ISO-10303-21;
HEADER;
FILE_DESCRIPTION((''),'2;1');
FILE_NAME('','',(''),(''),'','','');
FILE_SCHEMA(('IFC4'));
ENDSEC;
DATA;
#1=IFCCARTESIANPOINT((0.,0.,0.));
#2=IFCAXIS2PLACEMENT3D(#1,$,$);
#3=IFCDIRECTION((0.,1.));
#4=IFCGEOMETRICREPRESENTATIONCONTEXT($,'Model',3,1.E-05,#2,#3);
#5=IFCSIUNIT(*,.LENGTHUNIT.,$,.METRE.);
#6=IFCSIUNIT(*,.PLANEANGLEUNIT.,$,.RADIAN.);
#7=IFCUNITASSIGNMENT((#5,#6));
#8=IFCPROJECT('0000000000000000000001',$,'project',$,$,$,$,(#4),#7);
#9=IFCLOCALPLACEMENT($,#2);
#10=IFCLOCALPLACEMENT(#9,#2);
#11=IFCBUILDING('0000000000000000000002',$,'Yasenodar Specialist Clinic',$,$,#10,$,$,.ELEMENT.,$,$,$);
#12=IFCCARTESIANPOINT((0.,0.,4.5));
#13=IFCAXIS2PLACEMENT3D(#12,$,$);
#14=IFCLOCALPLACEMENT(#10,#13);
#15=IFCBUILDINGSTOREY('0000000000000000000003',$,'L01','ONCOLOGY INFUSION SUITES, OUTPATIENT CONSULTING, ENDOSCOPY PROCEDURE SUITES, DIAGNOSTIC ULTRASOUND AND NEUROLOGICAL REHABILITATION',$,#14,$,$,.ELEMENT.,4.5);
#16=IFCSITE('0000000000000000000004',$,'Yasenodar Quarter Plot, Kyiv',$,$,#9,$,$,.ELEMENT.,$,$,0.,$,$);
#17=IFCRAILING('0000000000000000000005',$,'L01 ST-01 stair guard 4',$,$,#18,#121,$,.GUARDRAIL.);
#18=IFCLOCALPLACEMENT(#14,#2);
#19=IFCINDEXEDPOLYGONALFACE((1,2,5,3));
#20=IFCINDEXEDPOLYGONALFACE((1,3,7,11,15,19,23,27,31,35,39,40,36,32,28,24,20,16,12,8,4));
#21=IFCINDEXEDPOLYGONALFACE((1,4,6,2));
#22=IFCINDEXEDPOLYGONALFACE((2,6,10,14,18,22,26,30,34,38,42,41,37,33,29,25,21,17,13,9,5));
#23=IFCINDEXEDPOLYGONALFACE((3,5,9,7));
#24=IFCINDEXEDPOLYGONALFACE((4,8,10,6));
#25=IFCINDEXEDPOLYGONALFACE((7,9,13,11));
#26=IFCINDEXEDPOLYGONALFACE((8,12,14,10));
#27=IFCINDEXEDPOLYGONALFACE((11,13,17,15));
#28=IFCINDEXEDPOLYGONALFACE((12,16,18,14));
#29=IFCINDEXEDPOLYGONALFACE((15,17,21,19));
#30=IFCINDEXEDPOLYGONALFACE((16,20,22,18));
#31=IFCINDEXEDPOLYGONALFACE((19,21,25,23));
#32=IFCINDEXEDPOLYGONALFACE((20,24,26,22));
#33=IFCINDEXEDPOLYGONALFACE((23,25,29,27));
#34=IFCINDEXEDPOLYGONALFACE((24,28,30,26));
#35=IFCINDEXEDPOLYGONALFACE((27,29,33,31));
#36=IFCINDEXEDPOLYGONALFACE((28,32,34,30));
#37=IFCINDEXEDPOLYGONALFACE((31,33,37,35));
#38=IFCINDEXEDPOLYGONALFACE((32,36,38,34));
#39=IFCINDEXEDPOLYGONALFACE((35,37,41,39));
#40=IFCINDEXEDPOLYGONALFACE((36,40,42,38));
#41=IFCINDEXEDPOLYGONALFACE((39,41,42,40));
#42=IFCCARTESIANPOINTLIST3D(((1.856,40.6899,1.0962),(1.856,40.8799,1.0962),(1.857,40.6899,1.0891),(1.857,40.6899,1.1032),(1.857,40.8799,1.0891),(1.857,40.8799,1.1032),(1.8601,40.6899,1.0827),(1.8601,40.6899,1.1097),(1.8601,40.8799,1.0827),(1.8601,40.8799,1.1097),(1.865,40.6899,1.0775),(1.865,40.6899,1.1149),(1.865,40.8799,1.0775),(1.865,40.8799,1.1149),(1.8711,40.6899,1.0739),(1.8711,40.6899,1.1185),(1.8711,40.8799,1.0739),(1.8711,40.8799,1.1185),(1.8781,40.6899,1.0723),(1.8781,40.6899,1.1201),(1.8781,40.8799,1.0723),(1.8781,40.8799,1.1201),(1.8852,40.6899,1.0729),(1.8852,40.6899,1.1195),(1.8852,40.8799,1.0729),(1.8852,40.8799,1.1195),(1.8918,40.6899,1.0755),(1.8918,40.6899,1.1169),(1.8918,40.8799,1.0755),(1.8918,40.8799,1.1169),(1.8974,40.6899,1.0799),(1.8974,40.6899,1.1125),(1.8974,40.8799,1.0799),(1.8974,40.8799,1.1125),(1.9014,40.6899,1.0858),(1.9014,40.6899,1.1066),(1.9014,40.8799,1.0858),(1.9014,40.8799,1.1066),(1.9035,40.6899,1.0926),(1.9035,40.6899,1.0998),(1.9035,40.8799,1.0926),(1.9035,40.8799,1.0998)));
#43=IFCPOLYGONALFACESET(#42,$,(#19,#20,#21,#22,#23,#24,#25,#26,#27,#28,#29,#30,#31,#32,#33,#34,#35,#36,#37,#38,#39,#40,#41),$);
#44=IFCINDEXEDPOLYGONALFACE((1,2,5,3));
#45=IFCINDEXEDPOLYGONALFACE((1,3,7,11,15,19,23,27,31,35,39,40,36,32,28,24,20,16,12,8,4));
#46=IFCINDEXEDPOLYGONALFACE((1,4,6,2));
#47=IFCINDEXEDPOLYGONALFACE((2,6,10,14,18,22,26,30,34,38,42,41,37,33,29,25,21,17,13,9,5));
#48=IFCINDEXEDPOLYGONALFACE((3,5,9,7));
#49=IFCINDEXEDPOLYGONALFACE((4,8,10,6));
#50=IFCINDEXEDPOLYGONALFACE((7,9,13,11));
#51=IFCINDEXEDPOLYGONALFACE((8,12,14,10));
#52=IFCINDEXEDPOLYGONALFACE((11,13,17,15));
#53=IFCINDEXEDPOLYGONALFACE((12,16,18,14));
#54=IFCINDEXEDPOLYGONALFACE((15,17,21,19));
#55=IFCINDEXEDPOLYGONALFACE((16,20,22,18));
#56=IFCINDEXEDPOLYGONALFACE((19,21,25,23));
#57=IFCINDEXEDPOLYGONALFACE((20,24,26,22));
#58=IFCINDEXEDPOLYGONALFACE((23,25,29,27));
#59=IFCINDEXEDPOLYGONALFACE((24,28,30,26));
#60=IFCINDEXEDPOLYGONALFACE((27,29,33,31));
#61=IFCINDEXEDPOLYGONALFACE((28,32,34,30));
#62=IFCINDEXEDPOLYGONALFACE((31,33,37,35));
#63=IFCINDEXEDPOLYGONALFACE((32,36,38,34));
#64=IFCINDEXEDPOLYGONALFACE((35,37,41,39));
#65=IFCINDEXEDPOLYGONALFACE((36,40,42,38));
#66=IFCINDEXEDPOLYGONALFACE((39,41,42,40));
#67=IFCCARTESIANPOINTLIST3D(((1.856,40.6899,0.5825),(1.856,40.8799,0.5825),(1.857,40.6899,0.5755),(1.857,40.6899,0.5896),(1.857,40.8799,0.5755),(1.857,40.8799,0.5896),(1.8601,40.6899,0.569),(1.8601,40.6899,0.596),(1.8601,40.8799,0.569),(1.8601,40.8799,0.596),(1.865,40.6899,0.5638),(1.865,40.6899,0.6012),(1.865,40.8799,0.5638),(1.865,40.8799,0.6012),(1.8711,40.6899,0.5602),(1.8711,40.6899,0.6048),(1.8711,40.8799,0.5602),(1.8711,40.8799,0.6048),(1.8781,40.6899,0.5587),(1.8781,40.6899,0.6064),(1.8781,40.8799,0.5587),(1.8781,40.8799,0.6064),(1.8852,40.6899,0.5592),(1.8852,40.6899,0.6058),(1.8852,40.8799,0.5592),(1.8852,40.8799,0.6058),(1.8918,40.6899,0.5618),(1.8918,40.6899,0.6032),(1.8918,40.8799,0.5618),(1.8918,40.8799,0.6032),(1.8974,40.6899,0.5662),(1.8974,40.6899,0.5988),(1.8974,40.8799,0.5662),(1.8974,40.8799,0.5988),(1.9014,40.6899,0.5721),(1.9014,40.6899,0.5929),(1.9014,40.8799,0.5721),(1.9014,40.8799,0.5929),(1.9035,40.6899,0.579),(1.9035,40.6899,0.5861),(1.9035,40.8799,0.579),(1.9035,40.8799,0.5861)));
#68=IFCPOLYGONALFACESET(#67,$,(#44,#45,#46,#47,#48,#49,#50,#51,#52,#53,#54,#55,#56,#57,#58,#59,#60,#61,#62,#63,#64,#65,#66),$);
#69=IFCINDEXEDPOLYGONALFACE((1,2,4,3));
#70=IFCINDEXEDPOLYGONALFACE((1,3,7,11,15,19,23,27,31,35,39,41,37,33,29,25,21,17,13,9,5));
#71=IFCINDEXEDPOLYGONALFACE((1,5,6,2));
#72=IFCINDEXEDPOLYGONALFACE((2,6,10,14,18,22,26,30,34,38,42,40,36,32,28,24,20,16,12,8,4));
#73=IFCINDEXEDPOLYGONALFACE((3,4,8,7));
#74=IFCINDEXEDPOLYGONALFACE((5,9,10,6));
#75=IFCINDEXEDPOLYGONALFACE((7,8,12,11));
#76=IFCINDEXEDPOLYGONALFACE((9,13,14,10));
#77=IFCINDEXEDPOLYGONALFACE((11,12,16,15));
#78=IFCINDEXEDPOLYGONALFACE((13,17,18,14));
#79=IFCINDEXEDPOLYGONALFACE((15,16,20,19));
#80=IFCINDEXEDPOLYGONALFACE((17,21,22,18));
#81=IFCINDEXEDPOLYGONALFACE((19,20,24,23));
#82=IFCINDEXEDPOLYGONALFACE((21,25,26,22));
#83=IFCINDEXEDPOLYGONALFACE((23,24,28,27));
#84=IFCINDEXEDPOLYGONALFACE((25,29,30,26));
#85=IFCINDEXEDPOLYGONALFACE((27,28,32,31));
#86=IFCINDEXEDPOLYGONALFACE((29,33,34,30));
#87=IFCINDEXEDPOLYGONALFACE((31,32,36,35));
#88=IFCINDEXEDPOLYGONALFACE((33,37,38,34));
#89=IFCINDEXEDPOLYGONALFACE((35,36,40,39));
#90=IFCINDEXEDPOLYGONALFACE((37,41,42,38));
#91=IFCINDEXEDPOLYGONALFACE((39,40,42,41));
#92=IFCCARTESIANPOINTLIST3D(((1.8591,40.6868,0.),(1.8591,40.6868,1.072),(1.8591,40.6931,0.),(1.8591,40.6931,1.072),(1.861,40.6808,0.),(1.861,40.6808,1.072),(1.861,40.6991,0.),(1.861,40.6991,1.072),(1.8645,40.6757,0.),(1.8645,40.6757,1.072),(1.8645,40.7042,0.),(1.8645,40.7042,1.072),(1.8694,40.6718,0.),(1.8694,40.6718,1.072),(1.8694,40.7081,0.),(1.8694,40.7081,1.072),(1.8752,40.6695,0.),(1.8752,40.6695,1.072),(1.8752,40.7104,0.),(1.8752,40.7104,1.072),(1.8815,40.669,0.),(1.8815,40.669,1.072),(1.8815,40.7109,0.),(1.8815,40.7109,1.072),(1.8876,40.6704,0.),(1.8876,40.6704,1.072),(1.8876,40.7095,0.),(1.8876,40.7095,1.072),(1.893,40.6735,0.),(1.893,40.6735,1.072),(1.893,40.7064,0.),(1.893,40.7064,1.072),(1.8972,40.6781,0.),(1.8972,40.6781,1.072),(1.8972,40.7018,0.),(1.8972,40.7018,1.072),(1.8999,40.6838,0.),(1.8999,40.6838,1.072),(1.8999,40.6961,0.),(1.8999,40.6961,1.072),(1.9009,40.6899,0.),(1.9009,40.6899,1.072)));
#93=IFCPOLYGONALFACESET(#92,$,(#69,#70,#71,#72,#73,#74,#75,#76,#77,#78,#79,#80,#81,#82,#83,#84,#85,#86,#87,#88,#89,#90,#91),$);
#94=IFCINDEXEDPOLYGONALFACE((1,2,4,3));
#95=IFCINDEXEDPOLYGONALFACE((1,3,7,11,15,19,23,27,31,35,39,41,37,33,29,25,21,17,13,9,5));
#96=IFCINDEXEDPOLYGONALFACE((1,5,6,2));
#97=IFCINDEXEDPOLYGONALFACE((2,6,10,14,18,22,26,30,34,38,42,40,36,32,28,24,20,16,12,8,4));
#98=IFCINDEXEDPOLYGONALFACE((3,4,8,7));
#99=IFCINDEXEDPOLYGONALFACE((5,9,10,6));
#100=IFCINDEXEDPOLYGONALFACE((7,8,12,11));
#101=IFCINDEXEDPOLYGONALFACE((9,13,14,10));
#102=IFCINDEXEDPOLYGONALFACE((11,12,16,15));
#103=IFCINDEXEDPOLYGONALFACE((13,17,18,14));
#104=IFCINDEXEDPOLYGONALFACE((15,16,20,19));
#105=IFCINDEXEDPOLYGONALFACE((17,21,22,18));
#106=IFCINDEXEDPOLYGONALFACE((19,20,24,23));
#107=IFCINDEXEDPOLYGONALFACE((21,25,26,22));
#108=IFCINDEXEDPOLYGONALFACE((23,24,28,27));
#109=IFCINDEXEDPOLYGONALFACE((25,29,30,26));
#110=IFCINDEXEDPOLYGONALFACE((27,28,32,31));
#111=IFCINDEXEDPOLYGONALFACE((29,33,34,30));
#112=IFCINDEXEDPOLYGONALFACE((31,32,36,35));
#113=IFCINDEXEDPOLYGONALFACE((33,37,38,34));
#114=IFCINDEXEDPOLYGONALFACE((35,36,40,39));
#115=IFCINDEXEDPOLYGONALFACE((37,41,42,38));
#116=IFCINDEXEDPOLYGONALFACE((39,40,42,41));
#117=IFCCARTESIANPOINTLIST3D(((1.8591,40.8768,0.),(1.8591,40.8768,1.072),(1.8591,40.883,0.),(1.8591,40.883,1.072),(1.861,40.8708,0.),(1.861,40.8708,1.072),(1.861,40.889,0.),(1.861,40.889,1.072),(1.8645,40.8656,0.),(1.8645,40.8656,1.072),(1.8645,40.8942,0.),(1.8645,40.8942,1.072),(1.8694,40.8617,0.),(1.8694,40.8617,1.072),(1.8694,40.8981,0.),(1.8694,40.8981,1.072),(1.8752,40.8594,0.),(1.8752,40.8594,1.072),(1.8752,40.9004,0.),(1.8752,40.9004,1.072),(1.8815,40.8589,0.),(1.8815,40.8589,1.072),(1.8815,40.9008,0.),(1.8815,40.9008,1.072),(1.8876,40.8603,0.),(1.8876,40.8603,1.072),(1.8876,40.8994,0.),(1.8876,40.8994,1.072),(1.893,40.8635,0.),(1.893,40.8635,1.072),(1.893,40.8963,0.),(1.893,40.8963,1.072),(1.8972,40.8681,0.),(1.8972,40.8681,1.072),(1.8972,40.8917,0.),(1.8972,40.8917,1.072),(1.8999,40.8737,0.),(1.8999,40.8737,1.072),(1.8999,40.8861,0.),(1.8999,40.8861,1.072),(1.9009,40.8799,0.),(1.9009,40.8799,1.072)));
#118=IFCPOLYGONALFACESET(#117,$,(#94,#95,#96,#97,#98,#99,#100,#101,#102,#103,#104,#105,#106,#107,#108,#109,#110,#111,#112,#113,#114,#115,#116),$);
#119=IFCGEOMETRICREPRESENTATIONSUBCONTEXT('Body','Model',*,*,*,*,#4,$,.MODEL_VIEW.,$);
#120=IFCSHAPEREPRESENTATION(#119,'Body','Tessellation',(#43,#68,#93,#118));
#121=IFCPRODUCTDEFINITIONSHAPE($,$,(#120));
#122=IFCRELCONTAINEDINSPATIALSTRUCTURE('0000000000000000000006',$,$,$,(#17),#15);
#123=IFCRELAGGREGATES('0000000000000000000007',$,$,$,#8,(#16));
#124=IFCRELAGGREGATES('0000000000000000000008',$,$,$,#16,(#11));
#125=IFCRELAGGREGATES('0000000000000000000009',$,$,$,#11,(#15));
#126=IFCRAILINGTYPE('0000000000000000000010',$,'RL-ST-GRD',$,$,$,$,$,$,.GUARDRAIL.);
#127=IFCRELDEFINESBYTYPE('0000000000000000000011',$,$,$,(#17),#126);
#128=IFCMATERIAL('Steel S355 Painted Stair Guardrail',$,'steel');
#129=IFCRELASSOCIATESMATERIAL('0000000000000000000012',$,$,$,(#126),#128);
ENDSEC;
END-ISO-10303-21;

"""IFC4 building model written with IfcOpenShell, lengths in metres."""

from ifc_helpers import new_model, si_unit, direction, frame, origin, origin_2d, place, context, subcontext, project, spatial, circle, extrude, material, type_object, element, save


model = new_model("IFC4")

# Units and contexts
model_context = context("Model", 3, precision=1e-05, world=origin(), true_north=direction((0.0, 1.0)))
body_context = subcontext(model_context, "Body", "Model", "MODEL_VIEW")
ifc_project = project(units=[si_unit("LENGTHUNIT", "METRE"), si_unit("PLANEANGLEUNIT", "RADIAN")], contexts=[model_context])

# Site, building, storey
site_placement = place(None, origin())
site = spatial("IfcSite", under=ifc_project, at=site_placement, Name="Yasenodar Quarter Plot, Kyiv", CompositionType="ELEMENT", RefElevation=0.0)
building_placement = place(site_placement, origin())
building = spatial("IfcBuilding", under=site, at=building_placement, Name="Yasenodar Specialist Clinic", CompositionType="ELEMENT")
storey_placement = place(building_placement, frame((0.0, 0.0, 4.5)))
storey = spatial("IfcBuildingStorey", under=building, at=storey_placement, Name="L01", Description="ONCOLOGY INFUSION SUITES, OUTPATIENT CONSULTING, ENDOSCOPY PROCEDURE SUITES, DIAGNOSTIC ULTRASOUND AND NEUROLOGICAL REHABILITATION", CompositionType="ELEMENT", Elevation=4.5)

# Railing
ifc_material_1 = material(Name="Steel S355 Painted Stair Guardrail", Category="steel")
railing_type_1 = type_object("IfcRailingType", Name="RL-ST-GRD", PredefinedType="GUARDRAIL", material=ifc_material_1)
railing_1_placement = place(storey_placement, frame((1.8799, 40.6899, 0.0)))
element("IfcRailing", 1, at=railing_1_placement, inside=storey, type_object=railing_type_1, Name="L01 ST-01 stair guard 4", PredefinedType="GUARDRAIL", context=body_context, shape_type="SweptSolid", body=[
    extrude(circle(Radius=0.0239, at=origin_2d()), frame((0.0, 0.0, 1.0962), z_axis=(0.0, 1.0, 0.0), x_axis=(-1.0, 0.0, 0.0)), (0.0, 0.0, 1.0), 0.1899),
    extrude(circle(Radius=0.0239, at=origin_2d()), frame((0.0, 0.0, 0.5825), z_axis=(0.0, 1.0, 0.0), x_axis=(-1.0, 0.0, 0.0)), (0.0, 0.0, 1.0), 0.1899),
    extrude(circle(Radius=0.021, at=origin_2d()), origin(), (0.0, 0.0, 1.0), 1.072),
    extrude(circle(Radius=0.021, at=origin_2d()), frame((0.0, 0.1899, 0.0)), (0.0, 0.0, 1.0), 1.072),
])

save(model, "model.ifc")
